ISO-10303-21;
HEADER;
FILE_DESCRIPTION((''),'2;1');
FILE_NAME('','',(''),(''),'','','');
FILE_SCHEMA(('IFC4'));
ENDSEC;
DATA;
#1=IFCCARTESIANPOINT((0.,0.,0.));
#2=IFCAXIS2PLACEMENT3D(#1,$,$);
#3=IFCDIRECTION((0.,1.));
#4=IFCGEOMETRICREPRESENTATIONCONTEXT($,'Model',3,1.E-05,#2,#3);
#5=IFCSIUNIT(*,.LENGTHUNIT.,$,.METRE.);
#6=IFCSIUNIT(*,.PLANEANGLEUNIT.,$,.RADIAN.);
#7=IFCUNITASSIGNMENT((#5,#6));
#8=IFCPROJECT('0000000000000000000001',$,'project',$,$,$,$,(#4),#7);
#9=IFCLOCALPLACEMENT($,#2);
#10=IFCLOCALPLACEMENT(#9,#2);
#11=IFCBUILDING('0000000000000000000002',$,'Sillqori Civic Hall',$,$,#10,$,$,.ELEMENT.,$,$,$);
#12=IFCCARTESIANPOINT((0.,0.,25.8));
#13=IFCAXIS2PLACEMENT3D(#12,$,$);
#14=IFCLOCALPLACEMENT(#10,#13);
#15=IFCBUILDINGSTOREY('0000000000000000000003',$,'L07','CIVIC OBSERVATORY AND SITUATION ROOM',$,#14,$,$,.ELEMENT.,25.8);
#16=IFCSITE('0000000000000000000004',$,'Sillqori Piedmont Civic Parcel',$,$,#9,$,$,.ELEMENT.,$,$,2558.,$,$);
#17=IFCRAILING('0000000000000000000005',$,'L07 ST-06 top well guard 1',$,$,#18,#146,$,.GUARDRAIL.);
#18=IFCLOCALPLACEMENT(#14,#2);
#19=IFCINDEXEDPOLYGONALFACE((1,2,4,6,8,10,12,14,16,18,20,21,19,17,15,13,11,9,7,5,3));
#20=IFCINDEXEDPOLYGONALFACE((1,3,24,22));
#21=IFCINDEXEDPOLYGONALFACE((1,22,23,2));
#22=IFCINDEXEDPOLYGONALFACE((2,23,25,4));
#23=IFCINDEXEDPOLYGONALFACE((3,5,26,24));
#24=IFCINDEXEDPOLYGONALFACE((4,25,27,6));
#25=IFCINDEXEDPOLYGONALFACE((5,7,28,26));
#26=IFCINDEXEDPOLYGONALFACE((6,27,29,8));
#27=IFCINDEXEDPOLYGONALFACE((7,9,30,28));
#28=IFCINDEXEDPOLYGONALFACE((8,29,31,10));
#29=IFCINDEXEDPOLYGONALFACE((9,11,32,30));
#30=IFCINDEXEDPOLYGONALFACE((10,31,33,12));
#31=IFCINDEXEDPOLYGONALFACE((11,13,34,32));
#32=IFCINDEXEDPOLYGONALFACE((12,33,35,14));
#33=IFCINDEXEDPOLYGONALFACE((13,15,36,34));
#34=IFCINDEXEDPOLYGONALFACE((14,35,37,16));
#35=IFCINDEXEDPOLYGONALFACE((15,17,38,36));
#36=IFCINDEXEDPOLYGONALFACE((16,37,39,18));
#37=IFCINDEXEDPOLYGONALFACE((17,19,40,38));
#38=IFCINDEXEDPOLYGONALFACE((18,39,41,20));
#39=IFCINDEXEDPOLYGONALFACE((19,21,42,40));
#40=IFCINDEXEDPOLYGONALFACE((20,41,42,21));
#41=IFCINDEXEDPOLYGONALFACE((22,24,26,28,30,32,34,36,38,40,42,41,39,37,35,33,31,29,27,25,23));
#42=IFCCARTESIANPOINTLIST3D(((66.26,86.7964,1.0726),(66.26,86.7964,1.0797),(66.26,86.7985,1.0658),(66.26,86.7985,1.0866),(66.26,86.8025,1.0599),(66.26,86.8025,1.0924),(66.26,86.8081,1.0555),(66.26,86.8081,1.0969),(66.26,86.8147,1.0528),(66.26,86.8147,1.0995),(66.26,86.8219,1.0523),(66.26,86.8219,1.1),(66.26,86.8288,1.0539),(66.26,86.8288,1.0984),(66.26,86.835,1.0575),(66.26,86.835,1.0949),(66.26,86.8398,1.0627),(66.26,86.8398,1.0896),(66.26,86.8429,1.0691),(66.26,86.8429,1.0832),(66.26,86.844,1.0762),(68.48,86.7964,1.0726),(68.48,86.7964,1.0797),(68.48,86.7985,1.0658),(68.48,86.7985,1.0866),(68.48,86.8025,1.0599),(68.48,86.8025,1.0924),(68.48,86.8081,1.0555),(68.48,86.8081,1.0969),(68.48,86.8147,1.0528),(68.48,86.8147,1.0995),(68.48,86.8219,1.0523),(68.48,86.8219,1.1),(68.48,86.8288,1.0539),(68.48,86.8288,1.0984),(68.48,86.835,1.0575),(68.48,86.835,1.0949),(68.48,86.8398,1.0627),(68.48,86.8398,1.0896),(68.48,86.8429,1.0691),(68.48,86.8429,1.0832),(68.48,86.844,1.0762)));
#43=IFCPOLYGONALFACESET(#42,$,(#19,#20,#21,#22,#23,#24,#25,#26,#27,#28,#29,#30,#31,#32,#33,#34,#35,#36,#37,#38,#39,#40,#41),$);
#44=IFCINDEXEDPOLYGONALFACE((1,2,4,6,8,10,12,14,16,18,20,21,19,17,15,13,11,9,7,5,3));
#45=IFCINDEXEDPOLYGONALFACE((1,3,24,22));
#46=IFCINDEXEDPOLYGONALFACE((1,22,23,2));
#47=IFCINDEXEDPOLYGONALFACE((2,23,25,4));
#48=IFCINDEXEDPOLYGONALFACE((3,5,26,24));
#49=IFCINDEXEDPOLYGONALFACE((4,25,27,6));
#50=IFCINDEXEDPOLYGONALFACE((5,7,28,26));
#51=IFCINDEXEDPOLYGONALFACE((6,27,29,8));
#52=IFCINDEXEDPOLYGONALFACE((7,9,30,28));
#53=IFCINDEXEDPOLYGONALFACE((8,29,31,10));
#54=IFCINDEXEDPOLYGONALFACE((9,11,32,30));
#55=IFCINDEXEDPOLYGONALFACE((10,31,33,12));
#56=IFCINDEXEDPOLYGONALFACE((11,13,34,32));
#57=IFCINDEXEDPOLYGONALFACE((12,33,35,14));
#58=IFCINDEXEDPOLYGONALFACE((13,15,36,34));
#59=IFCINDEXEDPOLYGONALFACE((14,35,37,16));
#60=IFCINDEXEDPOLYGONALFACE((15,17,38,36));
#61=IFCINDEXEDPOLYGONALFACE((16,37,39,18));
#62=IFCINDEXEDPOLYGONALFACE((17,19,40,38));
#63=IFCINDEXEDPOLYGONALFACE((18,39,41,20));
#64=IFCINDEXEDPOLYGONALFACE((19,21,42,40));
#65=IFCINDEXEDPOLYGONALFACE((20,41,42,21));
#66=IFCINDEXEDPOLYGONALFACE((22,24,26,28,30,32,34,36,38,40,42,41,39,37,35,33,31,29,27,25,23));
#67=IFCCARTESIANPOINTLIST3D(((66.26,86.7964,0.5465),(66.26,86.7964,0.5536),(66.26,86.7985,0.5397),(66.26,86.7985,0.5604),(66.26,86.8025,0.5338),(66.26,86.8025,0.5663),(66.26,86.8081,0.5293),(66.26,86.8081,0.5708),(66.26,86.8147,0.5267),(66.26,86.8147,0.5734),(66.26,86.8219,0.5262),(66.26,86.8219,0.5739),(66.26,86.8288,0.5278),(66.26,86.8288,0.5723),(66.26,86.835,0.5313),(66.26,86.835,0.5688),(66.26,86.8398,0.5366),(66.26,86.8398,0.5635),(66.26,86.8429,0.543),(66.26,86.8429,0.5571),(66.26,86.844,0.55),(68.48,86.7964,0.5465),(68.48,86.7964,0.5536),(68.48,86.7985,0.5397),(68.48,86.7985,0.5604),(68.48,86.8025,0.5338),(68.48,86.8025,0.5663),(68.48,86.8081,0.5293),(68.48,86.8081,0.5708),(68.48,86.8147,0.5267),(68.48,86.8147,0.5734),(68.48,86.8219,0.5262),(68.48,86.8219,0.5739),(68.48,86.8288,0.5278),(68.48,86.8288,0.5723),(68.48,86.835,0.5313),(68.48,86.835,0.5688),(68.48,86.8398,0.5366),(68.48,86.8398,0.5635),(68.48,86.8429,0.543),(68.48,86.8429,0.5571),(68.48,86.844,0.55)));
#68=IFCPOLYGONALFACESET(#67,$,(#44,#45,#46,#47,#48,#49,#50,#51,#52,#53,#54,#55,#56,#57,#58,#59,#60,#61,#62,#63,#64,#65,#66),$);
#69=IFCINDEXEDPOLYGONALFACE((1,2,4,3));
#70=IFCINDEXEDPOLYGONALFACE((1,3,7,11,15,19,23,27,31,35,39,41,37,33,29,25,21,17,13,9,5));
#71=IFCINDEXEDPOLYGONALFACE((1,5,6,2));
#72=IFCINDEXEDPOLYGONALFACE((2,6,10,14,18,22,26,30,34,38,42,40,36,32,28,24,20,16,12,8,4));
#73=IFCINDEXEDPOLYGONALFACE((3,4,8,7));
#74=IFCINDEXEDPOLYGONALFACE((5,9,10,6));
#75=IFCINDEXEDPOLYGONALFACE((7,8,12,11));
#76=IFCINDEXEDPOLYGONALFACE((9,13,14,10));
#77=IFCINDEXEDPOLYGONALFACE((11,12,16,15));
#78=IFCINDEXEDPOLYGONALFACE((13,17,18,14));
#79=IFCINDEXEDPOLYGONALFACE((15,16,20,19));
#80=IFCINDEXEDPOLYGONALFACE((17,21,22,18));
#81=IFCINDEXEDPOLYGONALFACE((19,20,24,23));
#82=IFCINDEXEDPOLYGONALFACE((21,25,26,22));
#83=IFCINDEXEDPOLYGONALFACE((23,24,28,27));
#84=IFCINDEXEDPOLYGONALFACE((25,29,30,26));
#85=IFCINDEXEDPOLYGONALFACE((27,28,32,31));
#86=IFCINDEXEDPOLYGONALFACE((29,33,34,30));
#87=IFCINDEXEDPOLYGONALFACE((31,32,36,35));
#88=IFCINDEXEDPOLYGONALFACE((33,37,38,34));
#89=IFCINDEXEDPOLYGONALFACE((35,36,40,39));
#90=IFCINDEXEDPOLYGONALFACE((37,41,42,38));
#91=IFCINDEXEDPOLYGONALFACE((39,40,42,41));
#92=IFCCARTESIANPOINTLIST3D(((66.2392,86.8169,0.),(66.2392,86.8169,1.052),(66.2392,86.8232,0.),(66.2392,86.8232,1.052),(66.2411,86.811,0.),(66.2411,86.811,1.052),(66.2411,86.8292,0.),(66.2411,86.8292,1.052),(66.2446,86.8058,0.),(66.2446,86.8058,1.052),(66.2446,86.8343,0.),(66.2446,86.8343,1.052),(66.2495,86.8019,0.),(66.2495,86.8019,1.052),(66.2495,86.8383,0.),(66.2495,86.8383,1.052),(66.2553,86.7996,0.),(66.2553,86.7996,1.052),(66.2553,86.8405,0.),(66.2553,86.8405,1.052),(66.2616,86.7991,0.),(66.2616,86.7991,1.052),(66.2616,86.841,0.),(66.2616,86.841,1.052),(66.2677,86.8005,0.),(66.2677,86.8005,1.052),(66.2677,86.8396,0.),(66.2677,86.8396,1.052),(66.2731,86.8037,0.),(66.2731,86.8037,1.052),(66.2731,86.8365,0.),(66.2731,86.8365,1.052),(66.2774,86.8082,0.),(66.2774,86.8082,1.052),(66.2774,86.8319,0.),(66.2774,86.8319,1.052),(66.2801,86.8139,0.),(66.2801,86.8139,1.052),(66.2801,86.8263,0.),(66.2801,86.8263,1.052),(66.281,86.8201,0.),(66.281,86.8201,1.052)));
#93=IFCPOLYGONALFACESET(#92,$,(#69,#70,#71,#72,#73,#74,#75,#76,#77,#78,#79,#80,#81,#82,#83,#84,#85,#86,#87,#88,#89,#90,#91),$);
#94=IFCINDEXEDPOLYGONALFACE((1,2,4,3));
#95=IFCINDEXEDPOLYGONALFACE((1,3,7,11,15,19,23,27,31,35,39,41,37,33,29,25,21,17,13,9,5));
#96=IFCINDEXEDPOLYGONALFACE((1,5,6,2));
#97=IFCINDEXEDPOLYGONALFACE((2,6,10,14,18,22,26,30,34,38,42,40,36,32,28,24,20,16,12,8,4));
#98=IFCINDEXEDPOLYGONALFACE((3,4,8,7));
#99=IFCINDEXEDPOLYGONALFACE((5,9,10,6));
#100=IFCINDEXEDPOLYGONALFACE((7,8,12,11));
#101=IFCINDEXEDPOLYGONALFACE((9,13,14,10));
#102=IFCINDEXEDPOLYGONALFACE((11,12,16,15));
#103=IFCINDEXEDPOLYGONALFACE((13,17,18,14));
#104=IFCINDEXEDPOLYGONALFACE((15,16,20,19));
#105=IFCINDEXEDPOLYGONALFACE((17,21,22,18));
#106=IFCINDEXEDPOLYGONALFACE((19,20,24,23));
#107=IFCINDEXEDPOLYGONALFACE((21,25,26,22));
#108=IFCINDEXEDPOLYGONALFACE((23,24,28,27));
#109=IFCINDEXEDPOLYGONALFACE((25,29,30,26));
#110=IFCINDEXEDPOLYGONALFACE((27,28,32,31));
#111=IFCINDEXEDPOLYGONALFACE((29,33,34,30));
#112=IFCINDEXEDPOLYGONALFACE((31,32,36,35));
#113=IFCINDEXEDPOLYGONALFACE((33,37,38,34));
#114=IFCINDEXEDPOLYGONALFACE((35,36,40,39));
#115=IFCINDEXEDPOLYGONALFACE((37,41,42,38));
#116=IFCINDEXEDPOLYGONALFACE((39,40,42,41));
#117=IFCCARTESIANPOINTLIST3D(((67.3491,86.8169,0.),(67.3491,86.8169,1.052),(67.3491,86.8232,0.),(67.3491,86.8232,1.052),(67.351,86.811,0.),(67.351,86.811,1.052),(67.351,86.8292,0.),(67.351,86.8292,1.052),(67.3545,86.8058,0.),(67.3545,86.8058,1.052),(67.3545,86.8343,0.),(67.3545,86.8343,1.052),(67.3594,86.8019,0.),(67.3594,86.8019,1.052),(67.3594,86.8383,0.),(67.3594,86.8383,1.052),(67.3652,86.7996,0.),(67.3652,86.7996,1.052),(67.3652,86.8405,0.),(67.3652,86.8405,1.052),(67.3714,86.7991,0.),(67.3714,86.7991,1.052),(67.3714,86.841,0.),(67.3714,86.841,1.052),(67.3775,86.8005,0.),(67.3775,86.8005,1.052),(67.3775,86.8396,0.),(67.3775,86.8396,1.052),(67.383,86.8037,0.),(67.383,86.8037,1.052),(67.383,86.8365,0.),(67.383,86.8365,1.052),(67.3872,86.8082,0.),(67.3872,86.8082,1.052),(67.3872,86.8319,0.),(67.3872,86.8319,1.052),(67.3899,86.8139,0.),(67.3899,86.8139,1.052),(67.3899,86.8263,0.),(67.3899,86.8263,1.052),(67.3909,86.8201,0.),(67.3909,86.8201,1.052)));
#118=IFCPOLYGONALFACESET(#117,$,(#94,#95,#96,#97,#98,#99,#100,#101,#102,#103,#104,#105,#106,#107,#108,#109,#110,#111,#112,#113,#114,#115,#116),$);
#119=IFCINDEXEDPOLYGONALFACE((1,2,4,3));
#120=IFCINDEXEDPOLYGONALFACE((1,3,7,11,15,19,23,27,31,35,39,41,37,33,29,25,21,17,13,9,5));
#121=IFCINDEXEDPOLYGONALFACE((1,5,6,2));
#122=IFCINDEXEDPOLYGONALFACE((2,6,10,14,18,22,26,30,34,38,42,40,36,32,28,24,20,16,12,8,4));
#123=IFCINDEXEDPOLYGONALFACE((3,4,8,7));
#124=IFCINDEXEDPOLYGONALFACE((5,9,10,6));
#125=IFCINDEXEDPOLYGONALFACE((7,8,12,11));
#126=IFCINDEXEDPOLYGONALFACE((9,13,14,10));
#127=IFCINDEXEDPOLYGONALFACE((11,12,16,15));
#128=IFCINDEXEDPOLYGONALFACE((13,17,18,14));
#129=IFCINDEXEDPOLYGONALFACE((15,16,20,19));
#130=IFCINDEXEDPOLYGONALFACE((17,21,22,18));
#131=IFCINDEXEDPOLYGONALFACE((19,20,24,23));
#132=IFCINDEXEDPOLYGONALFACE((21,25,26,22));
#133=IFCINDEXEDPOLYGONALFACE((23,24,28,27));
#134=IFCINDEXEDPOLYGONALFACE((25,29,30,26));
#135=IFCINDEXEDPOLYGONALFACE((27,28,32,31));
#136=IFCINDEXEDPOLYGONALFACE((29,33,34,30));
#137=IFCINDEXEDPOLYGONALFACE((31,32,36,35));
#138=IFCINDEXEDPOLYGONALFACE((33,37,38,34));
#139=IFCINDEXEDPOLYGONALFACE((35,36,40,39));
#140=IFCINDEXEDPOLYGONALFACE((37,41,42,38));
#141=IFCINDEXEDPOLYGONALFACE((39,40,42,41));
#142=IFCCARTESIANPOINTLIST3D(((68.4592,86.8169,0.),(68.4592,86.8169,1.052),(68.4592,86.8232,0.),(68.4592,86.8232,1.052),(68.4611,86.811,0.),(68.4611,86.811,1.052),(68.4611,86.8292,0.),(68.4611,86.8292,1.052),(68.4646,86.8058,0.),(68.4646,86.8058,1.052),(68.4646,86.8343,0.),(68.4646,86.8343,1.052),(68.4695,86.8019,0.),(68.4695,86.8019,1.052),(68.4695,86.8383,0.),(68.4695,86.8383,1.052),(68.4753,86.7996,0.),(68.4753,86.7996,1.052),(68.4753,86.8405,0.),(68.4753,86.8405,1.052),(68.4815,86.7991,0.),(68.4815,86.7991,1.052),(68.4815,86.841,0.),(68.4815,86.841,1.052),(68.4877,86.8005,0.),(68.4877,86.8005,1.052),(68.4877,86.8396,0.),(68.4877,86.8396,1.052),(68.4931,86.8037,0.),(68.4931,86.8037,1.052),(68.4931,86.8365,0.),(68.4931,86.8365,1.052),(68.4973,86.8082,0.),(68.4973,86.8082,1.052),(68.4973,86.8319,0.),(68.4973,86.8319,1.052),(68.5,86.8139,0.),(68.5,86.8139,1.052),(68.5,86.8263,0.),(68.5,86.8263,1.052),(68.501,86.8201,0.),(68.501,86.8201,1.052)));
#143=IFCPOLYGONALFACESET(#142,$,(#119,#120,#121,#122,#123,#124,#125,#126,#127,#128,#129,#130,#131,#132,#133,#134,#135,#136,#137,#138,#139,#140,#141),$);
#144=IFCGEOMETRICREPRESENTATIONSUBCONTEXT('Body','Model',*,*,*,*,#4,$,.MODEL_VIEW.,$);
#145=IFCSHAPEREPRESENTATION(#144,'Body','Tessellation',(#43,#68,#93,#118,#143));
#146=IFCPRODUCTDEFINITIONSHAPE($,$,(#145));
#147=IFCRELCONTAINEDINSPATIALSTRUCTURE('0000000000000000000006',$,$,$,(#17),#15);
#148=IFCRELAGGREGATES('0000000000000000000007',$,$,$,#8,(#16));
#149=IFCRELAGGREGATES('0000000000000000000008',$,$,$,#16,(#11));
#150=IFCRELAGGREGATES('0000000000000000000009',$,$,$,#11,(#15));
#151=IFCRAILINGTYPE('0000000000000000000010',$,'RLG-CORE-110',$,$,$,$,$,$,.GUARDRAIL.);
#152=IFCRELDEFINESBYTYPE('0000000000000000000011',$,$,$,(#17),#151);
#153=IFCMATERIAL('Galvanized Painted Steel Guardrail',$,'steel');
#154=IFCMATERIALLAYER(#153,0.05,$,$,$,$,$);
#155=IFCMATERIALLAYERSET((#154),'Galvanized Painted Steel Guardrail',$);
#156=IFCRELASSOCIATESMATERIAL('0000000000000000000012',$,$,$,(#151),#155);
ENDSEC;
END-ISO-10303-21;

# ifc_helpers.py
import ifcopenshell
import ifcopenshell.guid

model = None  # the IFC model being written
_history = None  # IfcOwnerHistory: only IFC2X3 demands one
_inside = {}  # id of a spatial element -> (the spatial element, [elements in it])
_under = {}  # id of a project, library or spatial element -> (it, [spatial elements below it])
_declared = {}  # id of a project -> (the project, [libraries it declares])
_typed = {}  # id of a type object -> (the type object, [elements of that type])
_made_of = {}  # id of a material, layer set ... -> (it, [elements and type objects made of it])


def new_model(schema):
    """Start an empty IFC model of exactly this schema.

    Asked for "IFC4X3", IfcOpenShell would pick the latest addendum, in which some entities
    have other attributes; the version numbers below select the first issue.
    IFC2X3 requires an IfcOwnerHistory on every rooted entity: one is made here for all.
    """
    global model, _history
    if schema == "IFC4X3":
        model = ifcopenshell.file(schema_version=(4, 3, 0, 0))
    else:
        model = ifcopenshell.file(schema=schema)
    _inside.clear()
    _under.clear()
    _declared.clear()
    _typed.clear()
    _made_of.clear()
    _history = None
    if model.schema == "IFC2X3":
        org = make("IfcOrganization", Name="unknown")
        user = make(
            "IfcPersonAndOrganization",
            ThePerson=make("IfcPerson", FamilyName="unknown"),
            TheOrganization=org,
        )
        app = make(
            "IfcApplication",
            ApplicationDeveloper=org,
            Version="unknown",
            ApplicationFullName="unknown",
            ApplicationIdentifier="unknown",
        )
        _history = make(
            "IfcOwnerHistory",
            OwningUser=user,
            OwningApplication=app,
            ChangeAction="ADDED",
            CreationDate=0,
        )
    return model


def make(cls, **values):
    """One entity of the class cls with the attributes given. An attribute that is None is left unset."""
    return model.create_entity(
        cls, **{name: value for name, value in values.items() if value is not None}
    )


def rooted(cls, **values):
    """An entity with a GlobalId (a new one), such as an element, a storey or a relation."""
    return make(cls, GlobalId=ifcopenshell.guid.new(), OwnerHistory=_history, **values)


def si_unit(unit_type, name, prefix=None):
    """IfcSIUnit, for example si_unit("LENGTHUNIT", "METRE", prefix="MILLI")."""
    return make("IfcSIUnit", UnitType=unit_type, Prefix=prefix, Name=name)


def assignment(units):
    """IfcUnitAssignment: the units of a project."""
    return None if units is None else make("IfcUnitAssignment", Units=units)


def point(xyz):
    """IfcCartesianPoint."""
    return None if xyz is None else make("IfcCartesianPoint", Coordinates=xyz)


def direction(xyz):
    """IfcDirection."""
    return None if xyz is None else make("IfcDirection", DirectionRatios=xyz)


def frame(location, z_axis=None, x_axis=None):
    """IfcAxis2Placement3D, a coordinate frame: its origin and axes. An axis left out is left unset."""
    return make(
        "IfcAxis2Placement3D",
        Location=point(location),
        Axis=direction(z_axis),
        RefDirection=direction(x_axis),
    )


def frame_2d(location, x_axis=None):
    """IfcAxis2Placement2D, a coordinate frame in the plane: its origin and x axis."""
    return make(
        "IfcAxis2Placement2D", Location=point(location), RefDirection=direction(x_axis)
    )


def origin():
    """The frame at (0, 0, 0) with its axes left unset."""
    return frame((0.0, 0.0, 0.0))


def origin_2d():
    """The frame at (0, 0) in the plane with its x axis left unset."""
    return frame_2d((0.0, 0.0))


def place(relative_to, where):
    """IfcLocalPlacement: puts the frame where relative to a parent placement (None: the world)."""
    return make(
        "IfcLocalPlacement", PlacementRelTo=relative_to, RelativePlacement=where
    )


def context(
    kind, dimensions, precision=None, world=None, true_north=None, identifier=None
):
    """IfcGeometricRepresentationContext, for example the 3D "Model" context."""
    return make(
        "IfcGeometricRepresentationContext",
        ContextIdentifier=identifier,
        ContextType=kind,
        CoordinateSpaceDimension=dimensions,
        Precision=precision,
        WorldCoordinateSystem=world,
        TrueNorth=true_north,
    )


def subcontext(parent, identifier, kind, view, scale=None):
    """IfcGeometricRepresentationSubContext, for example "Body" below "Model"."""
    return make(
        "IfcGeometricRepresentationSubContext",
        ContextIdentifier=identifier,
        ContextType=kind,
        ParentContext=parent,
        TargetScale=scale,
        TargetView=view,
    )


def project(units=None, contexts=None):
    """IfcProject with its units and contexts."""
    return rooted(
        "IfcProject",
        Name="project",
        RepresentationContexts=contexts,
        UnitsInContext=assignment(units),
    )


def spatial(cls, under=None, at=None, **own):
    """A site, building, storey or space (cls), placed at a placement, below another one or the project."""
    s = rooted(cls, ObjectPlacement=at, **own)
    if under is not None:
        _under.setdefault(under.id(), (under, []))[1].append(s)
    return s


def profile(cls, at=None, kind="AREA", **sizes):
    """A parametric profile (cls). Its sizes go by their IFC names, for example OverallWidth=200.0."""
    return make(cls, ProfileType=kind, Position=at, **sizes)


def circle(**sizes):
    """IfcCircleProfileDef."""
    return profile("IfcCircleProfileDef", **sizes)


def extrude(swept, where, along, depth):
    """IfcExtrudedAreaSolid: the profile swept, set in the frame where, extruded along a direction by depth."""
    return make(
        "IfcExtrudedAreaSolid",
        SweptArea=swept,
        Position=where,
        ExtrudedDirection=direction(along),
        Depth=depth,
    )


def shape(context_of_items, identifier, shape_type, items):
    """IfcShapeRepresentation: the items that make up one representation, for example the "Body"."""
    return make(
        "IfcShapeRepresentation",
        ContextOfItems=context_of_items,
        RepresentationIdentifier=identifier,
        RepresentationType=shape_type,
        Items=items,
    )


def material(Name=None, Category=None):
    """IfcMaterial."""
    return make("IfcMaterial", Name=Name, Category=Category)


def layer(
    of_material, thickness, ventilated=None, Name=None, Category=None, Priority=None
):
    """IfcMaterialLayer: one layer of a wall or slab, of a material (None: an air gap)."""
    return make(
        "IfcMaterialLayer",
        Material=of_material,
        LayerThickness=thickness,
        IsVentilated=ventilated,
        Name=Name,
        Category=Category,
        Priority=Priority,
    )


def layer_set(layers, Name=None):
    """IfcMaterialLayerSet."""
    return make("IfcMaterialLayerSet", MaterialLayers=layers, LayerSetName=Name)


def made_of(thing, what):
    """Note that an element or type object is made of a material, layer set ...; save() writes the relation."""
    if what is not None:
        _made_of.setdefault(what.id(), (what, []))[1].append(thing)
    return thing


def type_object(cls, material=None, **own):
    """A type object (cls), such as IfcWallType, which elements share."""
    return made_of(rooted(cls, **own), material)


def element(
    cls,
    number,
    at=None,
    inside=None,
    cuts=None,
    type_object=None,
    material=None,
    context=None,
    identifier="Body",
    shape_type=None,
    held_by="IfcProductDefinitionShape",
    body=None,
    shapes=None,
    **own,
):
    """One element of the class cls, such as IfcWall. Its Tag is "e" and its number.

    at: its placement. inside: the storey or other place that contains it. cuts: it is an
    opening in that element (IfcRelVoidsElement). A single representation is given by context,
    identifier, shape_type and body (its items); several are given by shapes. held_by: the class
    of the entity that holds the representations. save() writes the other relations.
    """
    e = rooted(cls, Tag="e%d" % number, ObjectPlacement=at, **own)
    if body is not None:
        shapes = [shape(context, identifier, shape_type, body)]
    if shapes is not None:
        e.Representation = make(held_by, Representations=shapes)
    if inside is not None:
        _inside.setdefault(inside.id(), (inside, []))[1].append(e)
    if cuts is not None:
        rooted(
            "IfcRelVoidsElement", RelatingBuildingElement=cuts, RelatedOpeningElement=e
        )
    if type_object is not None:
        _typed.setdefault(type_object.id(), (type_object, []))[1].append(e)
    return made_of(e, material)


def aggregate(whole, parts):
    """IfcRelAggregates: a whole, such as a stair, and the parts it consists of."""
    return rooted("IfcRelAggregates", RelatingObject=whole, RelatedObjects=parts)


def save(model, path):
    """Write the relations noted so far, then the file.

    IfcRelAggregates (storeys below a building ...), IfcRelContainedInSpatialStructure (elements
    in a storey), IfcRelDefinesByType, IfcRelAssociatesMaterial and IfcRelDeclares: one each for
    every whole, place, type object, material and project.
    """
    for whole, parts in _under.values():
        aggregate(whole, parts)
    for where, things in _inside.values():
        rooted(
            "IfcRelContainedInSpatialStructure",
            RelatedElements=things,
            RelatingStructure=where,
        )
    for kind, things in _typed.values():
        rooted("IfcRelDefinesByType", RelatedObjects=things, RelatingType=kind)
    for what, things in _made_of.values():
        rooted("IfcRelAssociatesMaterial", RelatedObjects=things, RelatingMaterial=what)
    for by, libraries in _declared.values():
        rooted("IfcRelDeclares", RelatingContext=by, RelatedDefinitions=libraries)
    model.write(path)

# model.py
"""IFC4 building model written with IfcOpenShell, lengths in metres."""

from ifc_helpers import new_model, si_unit, direction, frame, origin, origin_2d, place, context, subcontext, project, spatial, circle, extrude, material, layer, layer_set, type_object, element, save


model = new_model("IFC4")

# Units and contexts
model_context = context("Model", 3, precision=1e-05, world=origin(), true_north=direction((0.0, 1.0)))
body_context = subcontext(model_context, "Body", "Model", "MODEL_VIEW")
ifc_project = project(units=[si_unit("LENGTHUNIT", "METRE"), si_unit("PLANEANGLEUNIT", "RADIAN")], contexts=[model_context])

# Site, building, storey
site_placement = place(None, origin())
site = spatial("IfcSite", under=ifc_project, at=site_placement, Name="Sillqori Piedmont Civic Parcel", CompositionType="ELEMENT", RefElevation=2558.0)
building_placement = place(site_placement, origin())
building = spatial("IfcBuilding", under=site, at=building_placement, Name="Sillqori Civic Hall", CompositionType="ELEMENT")
storey_placement = place(building_placement, frame((0.0, 0.0, 25.8)))
storey = spatial("IfcBuildingStorey", under=building, at=storey_placement, Name="L07", Description="CIVIC OBSERVATORY AND SITUATION ROOM", CompositionType="ELEMENT", Elevation=25.8)

# Railing
ifc_material_1 = material(Name="Galvanized Painted Steel Guardrail", Category="steel")
ifc_layer_1 = layer(ifc_material_1, 0.05)
ifc_layer_set_1 = layer_set([ifc_layer_1], Name="Galvanized Painted Steel Guardrail")
railing_type = type_object("IfcRailingType", Name="RLG-CORE-110", PredefinedType="GUARDRAIL", material=ifc_layer_set_1)
railing_placement = place(storey_placement, frame((66.26, 86.8201, 0.0)))
element("IfcRailing", 1, at=railing_placement, inside=storey, type_object=railing_type, Name="L07 ST-06 top well guard 1", PredefinedType="GUARDRAIL", context=body_context, shape_type="SweptSolid", body=[
    extrude(circle(Radius=0.0239, at=origin_2d()), frame((0.0, 0.0, 1.0762), z_axis=(1.0, 0.0, 0.0), x_axis=(0.0, 1.0, 0.0)), (0.0, 0.0, 1.0), 2.22),
    extrude(circle(Radius=0.0239, at=origin_2d()), frame((0.0, 0.0, 0.55), z_axis=(1.0, 0.0, 0.0), x_axis=(0.0, 1.0, 0.0)), (0.0, 0.0, 1.0), 2.22),
    extrude(circle(Radius=0.021, at=origin_2d()), origin(), (0.0, 0.0, 1.0), 1.052),
    extrude(circle(Radius=0.021, at=origin_2d()), frame((1.1099, 0.0, 0.0)), (0.0, 0.0, 1.0), 1.052),
    extrude(circle(Radius=0.021, at=origin_2d()), frame((2.22, 0.0, 0.0)), (0.0, 0.0, 1.0), 1.052),
])

save(model, "model.ifc")
